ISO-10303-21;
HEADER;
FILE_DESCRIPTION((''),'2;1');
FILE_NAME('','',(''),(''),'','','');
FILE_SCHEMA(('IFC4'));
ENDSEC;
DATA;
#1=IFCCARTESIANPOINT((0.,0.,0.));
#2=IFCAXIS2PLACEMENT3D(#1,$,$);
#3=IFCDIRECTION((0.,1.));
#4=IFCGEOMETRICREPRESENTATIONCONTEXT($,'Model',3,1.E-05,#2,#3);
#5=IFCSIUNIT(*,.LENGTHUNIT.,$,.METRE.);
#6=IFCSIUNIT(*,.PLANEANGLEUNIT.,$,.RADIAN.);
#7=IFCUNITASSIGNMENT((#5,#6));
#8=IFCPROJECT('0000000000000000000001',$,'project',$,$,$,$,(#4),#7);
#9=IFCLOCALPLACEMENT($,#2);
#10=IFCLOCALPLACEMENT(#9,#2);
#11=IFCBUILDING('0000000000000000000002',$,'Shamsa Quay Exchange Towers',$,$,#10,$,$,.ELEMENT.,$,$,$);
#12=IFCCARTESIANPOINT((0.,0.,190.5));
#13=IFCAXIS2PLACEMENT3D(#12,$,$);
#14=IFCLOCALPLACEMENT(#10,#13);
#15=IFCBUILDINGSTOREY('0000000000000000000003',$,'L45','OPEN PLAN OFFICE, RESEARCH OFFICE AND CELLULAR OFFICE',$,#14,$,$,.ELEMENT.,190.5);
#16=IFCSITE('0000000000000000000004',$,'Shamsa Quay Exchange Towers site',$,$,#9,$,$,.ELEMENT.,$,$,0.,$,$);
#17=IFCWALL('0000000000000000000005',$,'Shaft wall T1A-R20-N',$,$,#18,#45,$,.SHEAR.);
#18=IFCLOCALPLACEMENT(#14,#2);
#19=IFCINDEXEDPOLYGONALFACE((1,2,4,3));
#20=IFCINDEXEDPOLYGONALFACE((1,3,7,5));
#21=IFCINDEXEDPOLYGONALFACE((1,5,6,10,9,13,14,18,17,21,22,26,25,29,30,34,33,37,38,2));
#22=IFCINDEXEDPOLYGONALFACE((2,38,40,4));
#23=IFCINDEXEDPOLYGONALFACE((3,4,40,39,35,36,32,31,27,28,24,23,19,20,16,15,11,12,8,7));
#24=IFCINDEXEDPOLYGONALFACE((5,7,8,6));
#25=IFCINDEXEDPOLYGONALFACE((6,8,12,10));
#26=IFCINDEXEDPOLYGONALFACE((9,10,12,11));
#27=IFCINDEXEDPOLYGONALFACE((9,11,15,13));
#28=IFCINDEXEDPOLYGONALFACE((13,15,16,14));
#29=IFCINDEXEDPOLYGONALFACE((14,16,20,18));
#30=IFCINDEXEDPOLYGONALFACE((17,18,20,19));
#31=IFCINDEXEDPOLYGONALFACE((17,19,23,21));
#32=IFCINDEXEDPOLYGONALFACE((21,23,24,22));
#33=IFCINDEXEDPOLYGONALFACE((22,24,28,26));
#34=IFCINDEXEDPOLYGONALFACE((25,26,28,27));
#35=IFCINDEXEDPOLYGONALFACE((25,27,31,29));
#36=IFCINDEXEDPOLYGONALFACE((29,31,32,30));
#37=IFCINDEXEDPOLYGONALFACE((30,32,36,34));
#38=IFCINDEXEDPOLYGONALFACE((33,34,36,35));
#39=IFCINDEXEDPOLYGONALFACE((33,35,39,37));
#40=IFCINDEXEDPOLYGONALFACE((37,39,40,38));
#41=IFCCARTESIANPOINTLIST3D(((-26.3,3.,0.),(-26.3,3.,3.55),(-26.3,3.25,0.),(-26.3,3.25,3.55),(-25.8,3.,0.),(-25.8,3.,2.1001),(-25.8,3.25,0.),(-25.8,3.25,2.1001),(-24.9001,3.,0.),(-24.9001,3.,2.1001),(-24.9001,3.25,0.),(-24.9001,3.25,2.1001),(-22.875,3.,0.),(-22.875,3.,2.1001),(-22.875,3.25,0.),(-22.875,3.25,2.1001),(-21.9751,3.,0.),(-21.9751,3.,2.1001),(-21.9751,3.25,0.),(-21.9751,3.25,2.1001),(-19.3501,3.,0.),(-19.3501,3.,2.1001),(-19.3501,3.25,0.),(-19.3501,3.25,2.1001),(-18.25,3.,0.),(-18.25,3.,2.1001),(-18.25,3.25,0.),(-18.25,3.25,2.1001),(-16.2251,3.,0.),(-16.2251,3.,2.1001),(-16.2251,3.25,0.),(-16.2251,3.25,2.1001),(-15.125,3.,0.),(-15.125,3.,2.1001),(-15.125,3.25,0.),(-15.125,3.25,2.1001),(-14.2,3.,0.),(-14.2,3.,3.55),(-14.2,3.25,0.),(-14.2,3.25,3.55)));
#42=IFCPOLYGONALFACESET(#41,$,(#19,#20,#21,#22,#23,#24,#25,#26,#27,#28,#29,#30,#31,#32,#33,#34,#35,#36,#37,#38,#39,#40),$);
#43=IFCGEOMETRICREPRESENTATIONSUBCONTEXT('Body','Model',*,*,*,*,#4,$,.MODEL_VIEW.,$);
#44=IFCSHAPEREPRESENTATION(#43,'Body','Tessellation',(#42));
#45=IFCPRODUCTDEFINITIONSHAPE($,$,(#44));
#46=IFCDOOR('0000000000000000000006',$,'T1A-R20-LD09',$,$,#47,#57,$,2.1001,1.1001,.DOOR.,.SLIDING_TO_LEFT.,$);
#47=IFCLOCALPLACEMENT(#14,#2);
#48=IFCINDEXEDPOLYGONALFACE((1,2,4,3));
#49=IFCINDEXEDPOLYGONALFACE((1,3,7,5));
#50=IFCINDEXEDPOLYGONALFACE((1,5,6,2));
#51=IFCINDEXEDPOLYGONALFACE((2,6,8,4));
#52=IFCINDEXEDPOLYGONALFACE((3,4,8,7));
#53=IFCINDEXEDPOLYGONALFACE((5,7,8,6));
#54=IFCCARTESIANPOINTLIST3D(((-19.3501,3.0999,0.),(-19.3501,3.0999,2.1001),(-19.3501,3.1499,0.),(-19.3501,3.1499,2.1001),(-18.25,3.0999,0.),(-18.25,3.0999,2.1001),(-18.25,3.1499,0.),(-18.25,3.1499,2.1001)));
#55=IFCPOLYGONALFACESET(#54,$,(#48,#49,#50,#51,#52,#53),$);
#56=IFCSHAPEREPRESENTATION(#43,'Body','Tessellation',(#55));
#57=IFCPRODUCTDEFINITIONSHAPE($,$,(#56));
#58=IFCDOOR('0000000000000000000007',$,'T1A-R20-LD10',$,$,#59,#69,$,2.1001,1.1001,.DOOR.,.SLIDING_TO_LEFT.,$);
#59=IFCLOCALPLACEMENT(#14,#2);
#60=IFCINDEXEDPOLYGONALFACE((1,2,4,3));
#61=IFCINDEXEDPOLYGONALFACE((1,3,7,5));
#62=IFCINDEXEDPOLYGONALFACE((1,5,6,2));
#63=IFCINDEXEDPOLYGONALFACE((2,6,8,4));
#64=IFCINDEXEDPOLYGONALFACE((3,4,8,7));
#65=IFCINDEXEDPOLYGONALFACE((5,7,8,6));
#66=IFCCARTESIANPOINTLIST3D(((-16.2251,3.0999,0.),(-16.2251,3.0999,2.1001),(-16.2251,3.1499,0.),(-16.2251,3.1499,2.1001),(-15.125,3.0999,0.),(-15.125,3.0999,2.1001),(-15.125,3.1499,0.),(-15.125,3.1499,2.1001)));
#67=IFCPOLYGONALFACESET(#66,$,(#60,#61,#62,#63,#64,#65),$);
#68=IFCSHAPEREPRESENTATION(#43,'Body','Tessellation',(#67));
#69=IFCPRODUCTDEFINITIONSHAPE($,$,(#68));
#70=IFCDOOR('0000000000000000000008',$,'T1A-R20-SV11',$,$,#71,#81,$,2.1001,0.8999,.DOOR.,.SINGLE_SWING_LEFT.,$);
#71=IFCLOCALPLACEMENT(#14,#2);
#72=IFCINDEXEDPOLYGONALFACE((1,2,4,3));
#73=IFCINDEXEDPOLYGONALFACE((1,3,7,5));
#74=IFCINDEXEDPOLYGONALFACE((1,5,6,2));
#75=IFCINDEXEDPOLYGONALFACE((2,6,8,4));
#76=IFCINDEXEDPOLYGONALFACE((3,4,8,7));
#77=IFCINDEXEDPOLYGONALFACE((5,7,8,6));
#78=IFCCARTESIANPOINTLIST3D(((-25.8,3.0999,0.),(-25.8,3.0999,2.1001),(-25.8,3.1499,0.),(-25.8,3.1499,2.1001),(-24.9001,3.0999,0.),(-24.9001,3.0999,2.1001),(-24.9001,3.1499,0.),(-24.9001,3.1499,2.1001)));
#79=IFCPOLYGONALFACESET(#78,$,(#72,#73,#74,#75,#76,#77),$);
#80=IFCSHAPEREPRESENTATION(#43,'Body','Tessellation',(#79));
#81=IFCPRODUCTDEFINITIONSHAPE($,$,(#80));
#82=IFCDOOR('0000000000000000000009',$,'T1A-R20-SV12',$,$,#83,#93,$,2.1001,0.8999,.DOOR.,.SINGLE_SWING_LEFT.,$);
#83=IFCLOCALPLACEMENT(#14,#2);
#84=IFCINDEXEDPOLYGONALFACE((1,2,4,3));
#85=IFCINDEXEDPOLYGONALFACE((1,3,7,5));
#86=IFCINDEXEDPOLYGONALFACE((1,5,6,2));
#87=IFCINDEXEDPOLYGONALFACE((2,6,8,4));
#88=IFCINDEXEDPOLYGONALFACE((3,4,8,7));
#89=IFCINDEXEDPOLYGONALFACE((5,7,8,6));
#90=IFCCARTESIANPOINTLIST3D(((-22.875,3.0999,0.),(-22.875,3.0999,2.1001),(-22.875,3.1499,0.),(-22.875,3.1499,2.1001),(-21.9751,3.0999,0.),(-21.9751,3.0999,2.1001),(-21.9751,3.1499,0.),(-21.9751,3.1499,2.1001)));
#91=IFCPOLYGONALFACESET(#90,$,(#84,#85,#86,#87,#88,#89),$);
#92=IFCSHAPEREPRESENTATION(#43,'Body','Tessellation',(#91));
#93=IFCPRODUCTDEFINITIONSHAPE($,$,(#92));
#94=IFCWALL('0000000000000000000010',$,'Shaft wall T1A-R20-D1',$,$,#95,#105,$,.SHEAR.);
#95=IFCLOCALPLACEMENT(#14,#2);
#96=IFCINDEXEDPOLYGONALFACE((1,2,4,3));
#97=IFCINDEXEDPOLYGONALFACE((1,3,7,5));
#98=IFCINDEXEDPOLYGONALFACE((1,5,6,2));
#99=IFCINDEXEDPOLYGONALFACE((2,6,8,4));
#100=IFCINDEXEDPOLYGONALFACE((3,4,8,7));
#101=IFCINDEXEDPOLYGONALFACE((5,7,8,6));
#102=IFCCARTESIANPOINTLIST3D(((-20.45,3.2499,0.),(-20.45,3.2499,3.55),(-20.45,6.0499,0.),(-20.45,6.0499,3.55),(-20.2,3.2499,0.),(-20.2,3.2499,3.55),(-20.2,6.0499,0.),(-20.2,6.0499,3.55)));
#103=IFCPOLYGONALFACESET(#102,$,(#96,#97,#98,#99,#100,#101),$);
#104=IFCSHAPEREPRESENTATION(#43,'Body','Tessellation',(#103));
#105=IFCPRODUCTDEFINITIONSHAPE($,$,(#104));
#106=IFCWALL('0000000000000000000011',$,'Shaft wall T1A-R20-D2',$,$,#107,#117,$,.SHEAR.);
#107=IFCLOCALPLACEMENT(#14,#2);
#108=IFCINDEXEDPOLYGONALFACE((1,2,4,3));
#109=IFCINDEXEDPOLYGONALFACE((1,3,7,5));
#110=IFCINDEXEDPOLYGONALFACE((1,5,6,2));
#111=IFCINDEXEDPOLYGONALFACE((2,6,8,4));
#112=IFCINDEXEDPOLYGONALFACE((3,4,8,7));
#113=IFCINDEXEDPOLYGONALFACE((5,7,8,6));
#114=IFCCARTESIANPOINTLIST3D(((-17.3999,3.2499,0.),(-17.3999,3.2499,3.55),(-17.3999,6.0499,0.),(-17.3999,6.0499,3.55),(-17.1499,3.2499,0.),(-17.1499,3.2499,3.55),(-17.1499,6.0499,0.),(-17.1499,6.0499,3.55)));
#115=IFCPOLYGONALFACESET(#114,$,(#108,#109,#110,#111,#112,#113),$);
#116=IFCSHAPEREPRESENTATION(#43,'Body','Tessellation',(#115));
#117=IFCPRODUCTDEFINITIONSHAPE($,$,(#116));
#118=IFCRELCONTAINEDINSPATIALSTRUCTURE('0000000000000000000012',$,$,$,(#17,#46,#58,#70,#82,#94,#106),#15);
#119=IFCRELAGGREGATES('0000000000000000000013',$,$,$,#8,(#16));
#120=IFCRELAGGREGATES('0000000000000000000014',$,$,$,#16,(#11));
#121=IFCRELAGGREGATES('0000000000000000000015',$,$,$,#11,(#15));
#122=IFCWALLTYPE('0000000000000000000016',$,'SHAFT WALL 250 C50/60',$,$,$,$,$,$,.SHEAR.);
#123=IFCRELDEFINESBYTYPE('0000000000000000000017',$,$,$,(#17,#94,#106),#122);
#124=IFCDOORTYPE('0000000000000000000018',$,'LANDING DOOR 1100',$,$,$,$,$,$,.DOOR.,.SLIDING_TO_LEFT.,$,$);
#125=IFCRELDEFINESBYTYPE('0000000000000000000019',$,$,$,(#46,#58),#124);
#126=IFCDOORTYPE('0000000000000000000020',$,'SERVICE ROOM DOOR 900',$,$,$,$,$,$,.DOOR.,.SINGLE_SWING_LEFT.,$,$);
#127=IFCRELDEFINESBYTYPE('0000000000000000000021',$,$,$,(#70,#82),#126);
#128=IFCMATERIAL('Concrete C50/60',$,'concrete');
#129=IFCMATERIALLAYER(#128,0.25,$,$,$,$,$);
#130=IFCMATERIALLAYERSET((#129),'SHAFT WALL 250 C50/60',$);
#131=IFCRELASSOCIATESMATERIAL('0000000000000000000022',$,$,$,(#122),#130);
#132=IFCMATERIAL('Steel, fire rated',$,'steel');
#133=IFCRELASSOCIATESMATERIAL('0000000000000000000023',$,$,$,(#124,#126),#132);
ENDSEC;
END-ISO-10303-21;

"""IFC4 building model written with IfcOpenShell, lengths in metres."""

from ifc_helpers import new_model, si_unit, direction, frame, frame_2d, origin, place, context, subcontext, project, spatial, rectangle, extrude, material, layer, layer_set, type_object, element, fill, save


model = new_model("IFC4")

# Units and contexts
model_context = context("Model", 3, precision=1e-05, world=origin(), true_north=direction((0.0, 1.0)))
body_context = subcontext(model_context, "Body", "Model", "MODEL_VIEW")
ifc_project = project(units=[si_unit("LENGTHUNIT", "METRE"), si_unit("PLANEANGLEUNIT", "RADIAN")], contexts=[model_context])

# Site, building, storey
site_placement = place(None, origin())
site = spatial("IfcSite", under=ifc_project, at=site_placement, Name="Shamsa Quay Exchange Towers site", CompositionType="ELEMENT", RefElevation=0.0)
building_placement = place(site_placement, origin())
building = spatial("IfcBuilding", under=site, at=building_placement, Name="Shamsa Quay Exchange Towers", CompositionType="ELEMENT")
storey_placement = place(building_placement, frame((0.0, 0.0, 190.5)))
storey = spatial("IfcBuildingStorey", under=building, at=storey_placement, Name="L45", Description="OPEN PLAN OFFICE, RESEARCH OFFICE AND CELLULAR OFFICE", CompositionType="ELEMENT", Elevation=190.5)

# Shared definitions
ifc_material_1 = material(Name="Steel, fire rated", Category="steel")

# Wall, openings, doors
ifc_material_2 = material(Name="Concrete C50/60", Category="concrete")
ifc_layer_1 = layer(ifc_material_2, 0.25)
ifc_layer_set_1 = layer_set([ifc_layer_1], Name="SHAFT WALL 250 C50/60")
wall_type_1 = type_object("IfcWallType", Name="SHAFT WALL 250 C50/60", PredefinedType="SHEAR", material=ifc_layer_set_1)
wall_1_placement = place(storey_placement, frame((-26.3, 3.125, 0.0)))
wall_1 = element("IfcWall", 1, at=wall_1_placement, inside=storey, type_object=wall_type_1, Name="Shaft wall T1A-R20-N", PredefinedType="SHEAR", context=body_context, shape_type="SweptSolid", body=[
    extrude(rectangle(XDim=12.1001, YDim=0.25, at=frame_2d((6.05, 0.0))), origin(), (0.0, 0.0, 1.0), 3.55),
])
opening_1_placement = place(wall_1_placement, frame((6.95, 0.0, 0.0)))
opening_1 = element("IfcOpeningElement", 2, at=opening_1_placement, cuts=wall_1, PredefinedType="OPENING", context=body_context, shape_type="SweptSolid", body=[
    extrude(rectangle(XDim=1.1001, YDim=2.1001, at=frame_2d((0.55, 1.05))), frame((0.0, 0.135, 0.0), z_axis=(0.0, -1.0, 0.0), x_axis=(1.0, 0.0, 0.0)), (0.0, 0.0, 1.0), 0.27),
])
opening_2_placement = place(wall_1_placement, frame((10.075, 0.0, 0.0)))
opening_2 = element("IfcOpeningElement", 3, at=opening_2_placement, cuts=wall_1, PredefinedType="OPENING", context=body_context, shape_type="SweptSolid", body=[
    extrude(rectangle(XDim=1.1001, YDim=2.1001, at=frame_2d((0.55, 1.05))), frame((0.0, 0.135, 0.0), z_axis=(0.0, -1.0, 0.0), x_axis=(1.0, 0.0, 0.0)), (0.0, 0.0, 1.0), 0.27),
])
opening_3_placement = place(wall_1_placement, frame((0.5, 0.0, 0.0)))
opening_3 = element("IfcOpeningElement", 4, at=opening_3_placement, cuts=wall_1, PredefinedType="OPENING", context=body_context, shape_type="SweptSolid", body=[
    extrude(rectangle(XDim=0.8999, YDim=2.1001, at=frame_2d((0.45, 1.05))), frame((0.0, 0.135, 0.0), z_axis=(0.0, -1.0, 0.0), x_axis=(1.0, 0.0, 0.0)), (0.0, 0.0, 1.0), 0.27),
])
opening_4_placement = place(wall_1_placement, frame((3.425, 0.0, 0.0)))
opening_4 = element("IfcOpeningElement", 5, at=opening_4_placement, cuts=wall_1, PredefinedType="OPENING", context=body_context, shape_type="SweptSolid", body=[
    extrude(rectangle(XDim=0.8999, YDim=2.1001, at=frame_2d((0.45, 1.05))), frame((0.0, 0.135, 0.0), z_axis=(0.0, -1.0, 0.0), x_axis=(1.0, 0.0, 0.0)), (0.0, 0.0, 1.0), 0.27),
])
door_type_1 = type_object("IfcDoorType", Name="LANDING DOOR 1100", OperationType="SLIDING_TO_LEFT", PredefinedType="DOOR", material=ifc_material_1)
door_1_placement = place(opening_1_placement, origin())
door_1 = element("IfcDoor", 6, at=door_1_placement, inside=storey, type_object=door_type_1, Name="T1A-R20-LD09", OperationType="SLIDING_TO_LEFT", OverallHeight=2.1001, OverallWidth=1.1001, PredefinedType="DOOR", context=body_context, shape_type="SweptSolid", body=[
    extrude(rectangle(XDim=1.1001, YDim=2.1001, at=frame_2d((0.55, 1.05))), frame((0.0, 0.0249, 0.0), z_axis=(0.0, -1.0, 0.0), x_axis=(1.0, 0.0, 0.0)), (0.0, 0.0, 1.0), 0.05),
])
fill(opening_1, door_1)
door_2_placement = place(opening_2_placement, origin())
door_2 = element("IfcDoor", 7, at=door_2_placement, inside=storey, type_object=door_type_1, Name="T1A-R20-LD10", OperationType="SLIDING_TO_LEFT", OverallHeight=2.1001, OverallWidth=1.1001, PredefinedType="DOOR", context=body_context, shape_type="SweptSolid", body=[
    extrude(rectangle(XDim=1.1001, YDim=2.1001, at=frame_2d((0.55, 1.05))), frame((0.0, 0.0249, 0.0), z_axis=(0.0, -1.0, 0.0), x_axis=(1.0, 0.0, 0.0)), (0.0, 0.0, 1.0), 0.05),
])
fill(opening_2, door_2)
door_type_2 = type_object("IfcDoorType", Name="SERVICE ROOM DOOR 900", OperationType="SINGLE_SWING_LEFT", PredefinedType="DOOR", material=ifc_material_1)
door_3_placement = place(opening_3_placement, origin())
door_3 = element("IfcDoor", 8, at=door_3_placement, inside=storey, type_object=door_type_2, Name="T1A-R20-SV11", OperationType="SINGLE_SWING_LEFT", OverallHeight=2.1001, OverallWidth=0.8999, PredefinedType="DOOR", context=body_context, shape_type="SweptSolid", body=[
    extrude(rectangle(XDim=0.8999, YDim=2.1001, at=frame_2d((0.45, 1.05))), frame((0.0, 0.0249, 0.0), z_axis=(0.0, -1.0, 0.0), x_axis=(1.0, 0.0, 0.0)), (0.0, 0.0, 1.0), 0.05),
])
fill(opening_3, door_3)
door_4_placement = place(opening_4_placement, origin())
door_4 = element("IfcDoor", 9, at=door_4_placement, inside=storey, type_object=door_type_2, Name="T1A-R20-SV12", OperationType="SINGLE_SWING_LEFT", OverallHeight=2.1001, OverallWidth=0.8999, PredefinedType="DOOR", context=body_context, shape_type="SweptSolid", body=[
    extrude(rectangle(XDim=0.8999, YDim=2.1001, at=frame_2d((0.45, 1.05))), frame((0.0, 0.0249, 0.0), z_axis=(0.0, -1.0, 0.0), x_axis=(1.0, 0.0, 0.0)), (0.0, 0.0, 1.0), 0.05),
])
fill(opening_4, door_4)

# Walls
for number, where, z_axis, x_axis, name in (
    (10, (-20.325, 3.25, 0.0), (0.0, 0.0, 1.0), (0.0, 1.0, 0.0), "Shaft wall T1A-R20-D1"),
    (11, (-17.2749, 3.25, 0.0), (0.0, 0.0, 1.0), (0.0, 1.0, 0.0), "Shaft wall T1A-R20-D2"),
):
    element("IfcWall", number, at=place(storey_placement, frame(where, z_axis=z_axis, x_axis=x_axis)), inside=storey, type_object=wall_type_1, Name=name, PredefinedType="SHEAR", context=body_context, shape_type="SweptSolid", body=[
        extrude(rectangle(XDim=2.8, YDim=0.25, at=frame_2d((1.3999, 0.0))), origin(), (0.0, 0.0, 1.0), 3.55),
    ])

save(model, "model.ifc")
